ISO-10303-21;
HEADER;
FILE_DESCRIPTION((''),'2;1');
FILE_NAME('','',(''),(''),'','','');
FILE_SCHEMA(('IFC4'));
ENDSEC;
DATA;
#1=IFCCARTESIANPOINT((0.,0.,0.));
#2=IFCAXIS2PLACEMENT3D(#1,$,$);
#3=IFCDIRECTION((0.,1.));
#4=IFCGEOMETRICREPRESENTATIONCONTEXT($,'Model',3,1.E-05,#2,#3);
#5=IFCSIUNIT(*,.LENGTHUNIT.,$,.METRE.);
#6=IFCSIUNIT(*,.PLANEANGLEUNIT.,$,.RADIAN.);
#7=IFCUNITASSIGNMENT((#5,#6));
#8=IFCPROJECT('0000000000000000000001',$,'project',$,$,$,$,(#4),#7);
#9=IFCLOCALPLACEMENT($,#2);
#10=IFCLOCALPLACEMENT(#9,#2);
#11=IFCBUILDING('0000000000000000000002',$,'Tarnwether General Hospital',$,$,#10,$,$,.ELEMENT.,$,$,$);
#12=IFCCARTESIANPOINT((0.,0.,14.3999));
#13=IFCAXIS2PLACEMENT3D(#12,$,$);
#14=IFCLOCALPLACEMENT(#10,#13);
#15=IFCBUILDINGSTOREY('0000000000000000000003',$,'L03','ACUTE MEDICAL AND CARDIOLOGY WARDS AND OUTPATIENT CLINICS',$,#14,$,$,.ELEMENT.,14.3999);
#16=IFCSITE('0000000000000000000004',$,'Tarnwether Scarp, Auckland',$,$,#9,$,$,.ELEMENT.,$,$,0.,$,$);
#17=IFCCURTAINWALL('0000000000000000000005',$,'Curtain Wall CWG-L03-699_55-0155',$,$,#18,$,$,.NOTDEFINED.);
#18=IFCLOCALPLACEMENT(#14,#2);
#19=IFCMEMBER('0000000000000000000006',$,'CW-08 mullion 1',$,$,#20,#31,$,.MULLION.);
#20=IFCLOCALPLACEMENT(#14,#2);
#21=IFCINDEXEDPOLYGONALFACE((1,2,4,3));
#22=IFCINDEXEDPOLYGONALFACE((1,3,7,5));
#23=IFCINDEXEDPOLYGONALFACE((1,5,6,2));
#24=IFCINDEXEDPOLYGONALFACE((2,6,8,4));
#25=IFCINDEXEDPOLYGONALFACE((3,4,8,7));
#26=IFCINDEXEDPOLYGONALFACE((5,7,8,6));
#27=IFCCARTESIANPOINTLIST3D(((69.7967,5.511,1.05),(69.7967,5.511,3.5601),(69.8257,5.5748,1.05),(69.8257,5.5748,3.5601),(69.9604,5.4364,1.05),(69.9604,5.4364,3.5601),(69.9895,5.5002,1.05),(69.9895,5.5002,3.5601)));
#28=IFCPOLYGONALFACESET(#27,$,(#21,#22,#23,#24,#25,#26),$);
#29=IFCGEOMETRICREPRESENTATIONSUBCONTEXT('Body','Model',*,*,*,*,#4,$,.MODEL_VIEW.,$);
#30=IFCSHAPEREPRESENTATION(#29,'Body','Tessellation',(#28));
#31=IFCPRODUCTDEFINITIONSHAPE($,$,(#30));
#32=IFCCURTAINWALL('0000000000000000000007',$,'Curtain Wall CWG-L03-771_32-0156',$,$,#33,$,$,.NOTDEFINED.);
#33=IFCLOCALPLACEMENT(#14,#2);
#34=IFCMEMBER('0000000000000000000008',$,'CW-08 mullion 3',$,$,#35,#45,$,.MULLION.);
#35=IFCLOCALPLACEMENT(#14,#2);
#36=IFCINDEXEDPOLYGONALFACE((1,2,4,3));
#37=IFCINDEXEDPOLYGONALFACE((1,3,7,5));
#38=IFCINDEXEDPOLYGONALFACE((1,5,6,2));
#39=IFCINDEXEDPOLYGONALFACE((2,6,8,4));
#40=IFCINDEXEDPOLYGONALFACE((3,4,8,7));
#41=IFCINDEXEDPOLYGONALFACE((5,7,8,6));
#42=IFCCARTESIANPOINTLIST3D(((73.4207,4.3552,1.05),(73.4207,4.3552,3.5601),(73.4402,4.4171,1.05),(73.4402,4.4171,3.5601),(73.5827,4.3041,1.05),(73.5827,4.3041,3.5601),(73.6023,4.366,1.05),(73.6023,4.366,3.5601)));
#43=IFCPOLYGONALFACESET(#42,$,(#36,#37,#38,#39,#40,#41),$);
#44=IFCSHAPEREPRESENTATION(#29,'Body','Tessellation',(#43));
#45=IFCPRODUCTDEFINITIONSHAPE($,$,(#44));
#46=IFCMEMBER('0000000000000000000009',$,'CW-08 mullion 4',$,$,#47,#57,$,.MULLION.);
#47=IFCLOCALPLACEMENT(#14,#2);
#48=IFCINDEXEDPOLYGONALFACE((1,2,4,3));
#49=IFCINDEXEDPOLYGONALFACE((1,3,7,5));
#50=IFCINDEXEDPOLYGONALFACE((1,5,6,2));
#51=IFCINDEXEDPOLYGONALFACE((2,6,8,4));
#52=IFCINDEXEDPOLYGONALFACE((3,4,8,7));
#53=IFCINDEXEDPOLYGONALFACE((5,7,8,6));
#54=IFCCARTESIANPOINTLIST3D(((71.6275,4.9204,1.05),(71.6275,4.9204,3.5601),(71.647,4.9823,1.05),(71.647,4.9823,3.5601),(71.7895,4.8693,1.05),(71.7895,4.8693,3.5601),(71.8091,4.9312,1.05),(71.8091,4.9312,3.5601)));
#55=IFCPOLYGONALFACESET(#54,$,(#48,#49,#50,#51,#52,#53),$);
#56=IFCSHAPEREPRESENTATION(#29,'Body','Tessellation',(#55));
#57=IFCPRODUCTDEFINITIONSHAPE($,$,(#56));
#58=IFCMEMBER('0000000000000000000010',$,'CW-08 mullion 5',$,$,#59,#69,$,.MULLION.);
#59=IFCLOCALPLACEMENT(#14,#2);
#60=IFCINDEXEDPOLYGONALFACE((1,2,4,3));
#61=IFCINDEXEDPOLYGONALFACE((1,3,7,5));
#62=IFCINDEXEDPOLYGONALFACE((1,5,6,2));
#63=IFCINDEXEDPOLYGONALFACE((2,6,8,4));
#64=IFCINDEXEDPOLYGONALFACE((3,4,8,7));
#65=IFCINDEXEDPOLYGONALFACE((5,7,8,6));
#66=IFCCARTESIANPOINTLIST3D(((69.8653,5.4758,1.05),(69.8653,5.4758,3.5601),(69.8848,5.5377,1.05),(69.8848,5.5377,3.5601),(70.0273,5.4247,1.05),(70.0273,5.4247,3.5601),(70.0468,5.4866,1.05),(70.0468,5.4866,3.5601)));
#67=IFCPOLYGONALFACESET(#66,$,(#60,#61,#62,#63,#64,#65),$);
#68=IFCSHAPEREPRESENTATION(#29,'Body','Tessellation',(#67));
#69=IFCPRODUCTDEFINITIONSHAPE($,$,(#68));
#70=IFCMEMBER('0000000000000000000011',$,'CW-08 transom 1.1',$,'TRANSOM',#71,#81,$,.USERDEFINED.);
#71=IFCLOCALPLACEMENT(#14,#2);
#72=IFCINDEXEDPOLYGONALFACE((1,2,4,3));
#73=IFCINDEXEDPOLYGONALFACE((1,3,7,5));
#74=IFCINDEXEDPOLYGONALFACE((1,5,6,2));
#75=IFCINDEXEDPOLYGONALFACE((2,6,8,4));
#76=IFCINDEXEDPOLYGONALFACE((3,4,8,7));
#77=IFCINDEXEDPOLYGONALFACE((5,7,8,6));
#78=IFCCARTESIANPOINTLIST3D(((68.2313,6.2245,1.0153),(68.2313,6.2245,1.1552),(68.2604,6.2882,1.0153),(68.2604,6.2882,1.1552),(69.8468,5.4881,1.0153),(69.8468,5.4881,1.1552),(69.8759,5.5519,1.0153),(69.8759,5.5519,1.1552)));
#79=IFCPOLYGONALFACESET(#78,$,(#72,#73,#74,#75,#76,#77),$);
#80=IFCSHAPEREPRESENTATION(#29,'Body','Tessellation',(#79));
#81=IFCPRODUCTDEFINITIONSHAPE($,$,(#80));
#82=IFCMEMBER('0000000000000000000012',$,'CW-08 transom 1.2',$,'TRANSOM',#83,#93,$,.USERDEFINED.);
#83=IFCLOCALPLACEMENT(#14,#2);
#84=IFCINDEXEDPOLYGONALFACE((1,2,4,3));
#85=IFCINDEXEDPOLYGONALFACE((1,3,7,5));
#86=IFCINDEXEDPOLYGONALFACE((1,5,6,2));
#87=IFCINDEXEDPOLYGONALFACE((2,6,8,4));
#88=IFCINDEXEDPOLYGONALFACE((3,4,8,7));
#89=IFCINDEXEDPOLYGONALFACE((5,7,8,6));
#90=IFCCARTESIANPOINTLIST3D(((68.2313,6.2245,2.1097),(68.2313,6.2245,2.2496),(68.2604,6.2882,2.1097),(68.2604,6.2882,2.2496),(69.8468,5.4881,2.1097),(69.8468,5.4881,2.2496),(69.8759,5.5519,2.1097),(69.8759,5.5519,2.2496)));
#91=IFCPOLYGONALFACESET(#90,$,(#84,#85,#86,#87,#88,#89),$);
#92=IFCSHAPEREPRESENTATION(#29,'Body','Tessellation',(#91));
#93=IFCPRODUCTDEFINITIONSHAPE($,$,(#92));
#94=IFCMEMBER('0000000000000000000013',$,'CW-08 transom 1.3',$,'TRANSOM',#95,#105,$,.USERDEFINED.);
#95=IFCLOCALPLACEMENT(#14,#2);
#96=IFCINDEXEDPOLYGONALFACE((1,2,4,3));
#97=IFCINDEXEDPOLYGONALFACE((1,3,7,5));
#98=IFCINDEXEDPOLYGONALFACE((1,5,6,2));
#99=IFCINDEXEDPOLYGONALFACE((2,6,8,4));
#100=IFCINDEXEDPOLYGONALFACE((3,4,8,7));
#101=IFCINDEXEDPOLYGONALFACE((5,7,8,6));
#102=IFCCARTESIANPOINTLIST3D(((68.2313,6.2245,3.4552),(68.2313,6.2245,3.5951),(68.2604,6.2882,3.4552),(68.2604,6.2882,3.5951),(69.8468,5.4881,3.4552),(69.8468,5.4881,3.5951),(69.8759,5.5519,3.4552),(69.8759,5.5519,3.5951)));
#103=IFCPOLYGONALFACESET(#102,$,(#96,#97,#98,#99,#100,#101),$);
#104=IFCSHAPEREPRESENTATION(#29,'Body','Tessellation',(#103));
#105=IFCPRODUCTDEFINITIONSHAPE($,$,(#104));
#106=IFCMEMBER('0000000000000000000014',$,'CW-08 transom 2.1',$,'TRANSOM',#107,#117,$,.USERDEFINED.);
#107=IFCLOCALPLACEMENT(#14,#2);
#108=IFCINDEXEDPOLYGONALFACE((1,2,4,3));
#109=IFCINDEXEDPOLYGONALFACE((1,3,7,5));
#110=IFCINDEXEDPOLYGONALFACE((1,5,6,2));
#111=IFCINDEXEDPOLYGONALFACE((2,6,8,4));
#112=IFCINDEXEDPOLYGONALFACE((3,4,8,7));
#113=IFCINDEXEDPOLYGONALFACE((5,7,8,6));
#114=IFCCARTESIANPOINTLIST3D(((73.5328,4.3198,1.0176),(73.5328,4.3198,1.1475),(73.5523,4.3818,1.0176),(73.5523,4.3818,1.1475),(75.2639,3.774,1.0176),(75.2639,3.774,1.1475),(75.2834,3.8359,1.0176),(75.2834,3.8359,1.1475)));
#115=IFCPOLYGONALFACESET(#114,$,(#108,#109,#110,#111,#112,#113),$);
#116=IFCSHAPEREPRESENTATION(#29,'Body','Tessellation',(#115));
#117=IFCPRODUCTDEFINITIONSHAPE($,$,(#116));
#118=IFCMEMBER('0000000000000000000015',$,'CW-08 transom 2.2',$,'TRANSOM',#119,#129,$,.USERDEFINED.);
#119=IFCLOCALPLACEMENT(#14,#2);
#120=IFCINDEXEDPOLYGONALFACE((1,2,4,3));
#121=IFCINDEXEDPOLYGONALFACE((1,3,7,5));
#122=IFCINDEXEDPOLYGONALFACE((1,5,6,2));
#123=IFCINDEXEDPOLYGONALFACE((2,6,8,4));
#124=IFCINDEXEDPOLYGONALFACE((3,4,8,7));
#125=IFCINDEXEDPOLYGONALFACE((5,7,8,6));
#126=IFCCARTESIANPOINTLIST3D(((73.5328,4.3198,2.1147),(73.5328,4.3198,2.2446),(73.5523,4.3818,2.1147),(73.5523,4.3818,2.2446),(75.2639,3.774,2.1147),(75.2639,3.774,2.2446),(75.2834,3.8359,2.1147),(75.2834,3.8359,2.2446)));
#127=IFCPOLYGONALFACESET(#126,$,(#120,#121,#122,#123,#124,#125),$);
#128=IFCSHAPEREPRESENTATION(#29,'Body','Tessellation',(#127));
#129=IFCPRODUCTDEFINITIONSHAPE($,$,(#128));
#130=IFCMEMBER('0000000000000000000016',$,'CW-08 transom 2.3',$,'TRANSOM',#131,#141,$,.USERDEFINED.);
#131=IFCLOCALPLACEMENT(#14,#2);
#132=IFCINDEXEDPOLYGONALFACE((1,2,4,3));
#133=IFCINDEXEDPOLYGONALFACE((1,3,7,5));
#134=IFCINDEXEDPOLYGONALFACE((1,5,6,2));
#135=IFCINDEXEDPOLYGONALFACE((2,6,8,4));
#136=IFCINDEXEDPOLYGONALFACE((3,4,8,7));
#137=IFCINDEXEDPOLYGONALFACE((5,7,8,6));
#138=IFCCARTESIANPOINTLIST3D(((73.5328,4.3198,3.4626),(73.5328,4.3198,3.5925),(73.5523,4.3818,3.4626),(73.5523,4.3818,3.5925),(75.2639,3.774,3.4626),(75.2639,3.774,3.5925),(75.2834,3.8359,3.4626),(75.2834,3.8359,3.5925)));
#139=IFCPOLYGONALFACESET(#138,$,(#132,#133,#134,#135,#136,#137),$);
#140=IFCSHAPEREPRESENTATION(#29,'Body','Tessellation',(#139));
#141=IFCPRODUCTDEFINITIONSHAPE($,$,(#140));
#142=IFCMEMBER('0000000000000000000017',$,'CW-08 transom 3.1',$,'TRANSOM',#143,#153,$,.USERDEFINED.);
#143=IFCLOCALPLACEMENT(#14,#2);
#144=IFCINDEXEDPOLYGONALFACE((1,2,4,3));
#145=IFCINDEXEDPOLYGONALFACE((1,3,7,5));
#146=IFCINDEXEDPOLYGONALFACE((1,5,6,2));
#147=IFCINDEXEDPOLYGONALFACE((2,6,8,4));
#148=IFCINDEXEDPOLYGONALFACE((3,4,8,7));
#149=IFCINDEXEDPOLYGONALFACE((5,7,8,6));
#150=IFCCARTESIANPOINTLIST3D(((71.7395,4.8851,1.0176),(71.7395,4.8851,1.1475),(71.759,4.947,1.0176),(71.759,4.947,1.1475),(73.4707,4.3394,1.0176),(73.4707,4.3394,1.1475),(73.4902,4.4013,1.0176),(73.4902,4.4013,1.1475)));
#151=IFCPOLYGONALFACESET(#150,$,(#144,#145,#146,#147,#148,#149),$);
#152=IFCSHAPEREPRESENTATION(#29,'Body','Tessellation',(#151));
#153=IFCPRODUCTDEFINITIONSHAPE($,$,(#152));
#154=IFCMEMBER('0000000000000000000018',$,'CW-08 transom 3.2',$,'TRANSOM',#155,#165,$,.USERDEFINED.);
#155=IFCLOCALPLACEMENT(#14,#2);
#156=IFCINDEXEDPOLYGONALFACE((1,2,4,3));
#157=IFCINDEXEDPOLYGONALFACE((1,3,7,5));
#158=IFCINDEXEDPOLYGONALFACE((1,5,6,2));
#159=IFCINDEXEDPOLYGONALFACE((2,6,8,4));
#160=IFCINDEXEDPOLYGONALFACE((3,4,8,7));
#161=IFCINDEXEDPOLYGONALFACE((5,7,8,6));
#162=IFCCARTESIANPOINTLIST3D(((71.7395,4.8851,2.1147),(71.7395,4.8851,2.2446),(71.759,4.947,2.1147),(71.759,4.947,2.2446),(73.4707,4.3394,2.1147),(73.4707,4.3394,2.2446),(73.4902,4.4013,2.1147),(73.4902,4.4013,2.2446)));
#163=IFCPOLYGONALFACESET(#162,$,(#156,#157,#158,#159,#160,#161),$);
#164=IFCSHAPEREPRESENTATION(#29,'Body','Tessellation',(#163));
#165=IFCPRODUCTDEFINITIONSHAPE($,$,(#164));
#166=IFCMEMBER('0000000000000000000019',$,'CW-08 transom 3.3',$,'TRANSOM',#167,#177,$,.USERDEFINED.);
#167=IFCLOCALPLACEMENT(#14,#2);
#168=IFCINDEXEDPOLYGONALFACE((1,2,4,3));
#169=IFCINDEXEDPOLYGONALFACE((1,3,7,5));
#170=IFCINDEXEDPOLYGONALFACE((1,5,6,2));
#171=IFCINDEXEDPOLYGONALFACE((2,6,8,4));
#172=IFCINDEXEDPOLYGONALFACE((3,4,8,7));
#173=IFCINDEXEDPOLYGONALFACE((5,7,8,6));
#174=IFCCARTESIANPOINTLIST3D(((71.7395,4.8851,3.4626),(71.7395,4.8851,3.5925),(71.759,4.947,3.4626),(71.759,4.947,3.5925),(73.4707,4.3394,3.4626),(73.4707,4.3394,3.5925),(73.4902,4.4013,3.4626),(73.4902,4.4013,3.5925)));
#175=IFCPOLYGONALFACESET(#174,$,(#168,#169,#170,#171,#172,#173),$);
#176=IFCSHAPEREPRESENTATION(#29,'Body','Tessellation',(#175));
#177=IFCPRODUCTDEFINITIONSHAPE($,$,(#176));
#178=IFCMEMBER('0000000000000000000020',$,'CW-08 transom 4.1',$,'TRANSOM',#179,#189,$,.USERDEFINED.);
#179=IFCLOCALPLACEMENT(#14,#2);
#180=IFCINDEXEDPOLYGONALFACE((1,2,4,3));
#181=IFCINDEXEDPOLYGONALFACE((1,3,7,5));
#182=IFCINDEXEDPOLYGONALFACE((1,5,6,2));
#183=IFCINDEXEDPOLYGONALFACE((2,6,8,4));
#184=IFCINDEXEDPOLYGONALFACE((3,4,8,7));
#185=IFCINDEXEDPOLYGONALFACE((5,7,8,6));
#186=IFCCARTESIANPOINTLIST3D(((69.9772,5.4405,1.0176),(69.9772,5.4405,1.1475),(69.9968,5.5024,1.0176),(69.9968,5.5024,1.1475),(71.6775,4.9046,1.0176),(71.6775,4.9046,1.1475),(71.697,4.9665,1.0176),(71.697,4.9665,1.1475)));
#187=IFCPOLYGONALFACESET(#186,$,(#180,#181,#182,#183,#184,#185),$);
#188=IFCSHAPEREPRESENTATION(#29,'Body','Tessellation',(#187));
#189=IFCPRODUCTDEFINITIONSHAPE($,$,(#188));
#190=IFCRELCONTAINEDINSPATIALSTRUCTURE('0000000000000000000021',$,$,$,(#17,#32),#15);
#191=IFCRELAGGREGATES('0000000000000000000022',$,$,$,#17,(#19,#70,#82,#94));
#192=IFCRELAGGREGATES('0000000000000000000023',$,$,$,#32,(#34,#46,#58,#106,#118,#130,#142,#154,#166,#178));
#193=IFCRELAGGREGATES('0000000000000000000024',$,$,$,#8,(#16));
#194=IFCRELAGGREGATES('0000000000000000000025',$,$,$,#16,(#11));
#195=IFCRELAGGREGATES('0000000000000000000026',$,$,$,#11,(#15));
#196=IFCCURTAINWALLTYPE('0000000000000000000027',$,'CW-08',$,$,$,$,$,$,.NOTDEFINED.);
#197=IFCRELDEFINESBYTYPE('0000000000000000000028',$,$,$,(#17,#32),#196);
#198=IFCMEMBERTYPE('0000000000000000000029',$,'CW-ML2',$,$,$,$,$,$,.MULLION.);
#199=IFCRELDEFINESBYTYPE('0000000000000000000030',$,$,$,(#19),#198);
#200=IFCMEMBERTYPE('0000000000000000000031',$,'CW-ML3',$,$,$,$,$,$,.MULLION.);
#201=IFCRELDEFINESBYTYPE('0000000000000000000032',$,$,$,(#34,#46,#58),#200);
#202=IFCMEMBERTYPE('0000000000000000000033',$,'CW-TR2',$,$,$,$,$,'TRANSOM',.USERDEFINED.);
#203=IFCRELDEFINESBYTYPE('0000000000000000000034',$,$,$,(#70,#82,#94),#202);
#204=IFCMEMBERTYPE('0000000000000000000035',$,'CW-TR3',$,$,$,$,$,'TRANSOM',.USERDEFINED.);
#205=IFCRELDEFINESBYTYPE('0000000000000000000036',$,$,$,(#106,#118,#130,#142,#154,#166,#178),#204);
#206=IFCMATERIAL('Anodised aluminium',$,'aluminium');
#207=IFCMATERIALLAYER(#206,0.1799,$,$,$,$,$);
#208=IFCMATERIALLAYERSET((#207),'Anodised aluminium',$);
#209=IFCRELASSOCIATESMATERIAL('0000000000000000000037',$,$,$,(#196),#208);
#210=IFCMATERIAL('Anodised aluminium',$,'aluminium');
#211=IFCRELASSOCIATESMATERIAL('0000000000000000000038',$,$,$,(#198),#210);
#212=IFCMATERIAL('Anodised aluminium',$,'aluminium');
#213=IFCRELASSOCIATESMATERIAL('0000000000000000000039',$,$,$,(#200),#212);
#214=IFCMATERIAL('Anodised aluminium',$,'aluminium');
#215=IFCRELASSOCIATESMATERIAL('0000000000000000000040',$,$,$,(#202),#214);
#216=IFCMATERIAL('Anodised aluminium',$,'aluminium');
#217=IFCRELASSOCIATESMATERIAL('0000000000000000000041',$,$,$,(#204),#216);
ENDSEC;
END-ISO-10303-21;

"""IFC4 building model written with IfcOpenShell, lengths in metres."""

from ifc_helpers import new_model, si_unit, direction, frame, origin, origin_2d, place, context, subcontext, project, spatial, rectangle, extrude, material, layer, layer_set, material_profile, profile_set, type_object, element, aggregate, save


model = new_model("IFC4")

# Units and contexts
model_context = context("Model", 3, precision=1e-05, world=origin(), true_north=direction((0.0, 1.0)))
body_context = subcontext(model_context, "Body", "Model", "MODEL_VIEW")
ifc_project = project(units=[si_unit("LENGTHUNIT", "METRE"), si_unit("PLANEANGLEUNIT", "RADIAN")], contexts=[model_context])

# Site, building, storey
site_placement = place(None, origin())
site = spatial("IfcSite", under=ifc_project, at=site_placement, Name="Tarnwether Scarp, Auckland", CompositionType="ELEMENT", RefElevation=0.0)
building_placement = place(site_placement, origin())
building = spatial("IfcBuilding", under=site, at=building_placement, Name="Tarnwether General Hospital", CompositionType="ELEMENT")
storey_placement = place(building_placement, frame((0.0, 0.0, 14.3999)))
storey = spatial("IfcBuildingStorey", under=building, at=storey_placement, Name="L03", Description="ACUTE MEDICAL AND CARDIOLOGY WARDS AND OUTPATIENT CLINICS", CompositionType="ELEMENT", Elevation=14.3999)

# Curtain wall, member
ifc_material_1 = material(Name="Anodised aluminium", Category="aluminium")
ifc_layer_1 = layer(ifc_material_1, 0.1799)
ifc_layer_set_1 = layer_set([ifc_layer_1], Name="Anodised aluminium")
curtain_wall_type = type_object("IfcCurtainWallType", Name="CW-08", PredefinedType="NOTDEFINED", material=ifc_layer_set_1)
curtain_wall_1_placement = place(storey_placement, origin())
curtain_wall_1 = element("IfcCurtainWall", 1, at=curtain_wall_1_placement, inside=storey, type_object=curtain_wall_type, Name="Curtain Wall CWG-L03-699_55-0155", PredefinedType="NOTDEFINED")
ifc_material_2 = material(Name="Anodised aluminium", Category="aluminium")
ifc_material_profile_1 = material_profile(ifc_material_2, rectangle(XDim=0.0701, YDim=0.1799, at=origin_2d()), Name="ALU-MUL-70x180")
ifc_profile_set_1 = profile_set([ifc_material_profile_1], Name="Anodised aluminium")
member_type_1 = type_object("IfcMemberType", Name="CW-ML2", PredefinedType="MULLION", material=ifc_profile_set_1)
member_1_placement = place(storey_placement, frame((69.8931, 5.5056, 1.05), z_axis=(0.0, 0.0, 1.0), x_axis=(-0.414694, -0.909961, 0.0)))
member_1 = element("IfcMember", 2, at=member_1_placement, type_object=member_type_1, Name="CW-08 mullion 1", PredefinedType="MULLION", context=body_context, shape_type="SweptSolid", body=[
    extrude(rectangle(XDim=0.0701, YDim=0.1799, at=origin_2d()), origin(), (0.0, 0.0, 1.0), 2.51),
])

# Curtain wall, members
curtain_wall_2_placement = place(storey_placement, origin())
curtain_wall_2 = element("IfcCurtainWall", 3, at=curtain_wall_2_placement, inside=storey, type_object=curtain_wall_type, Name="Curtain Wall CWG-L03-771_32-0156", PredefinedType="NOTDEFINED")
ifc_material_3 = material(Name="Anodised aluminium", Category="aluminium")
ifc_material_profile_2 = material_profile(ifc_material_3, rectangle(XDim=0.0649, YDim=0.1699, at=origin_2d()), Name="ALU-MUL-65x170")
ifc_profile_set_2 = profile_set([ifc_material_profile_2], Name="Anodised aluminium")
member_type_2 = type_object("IfcMemberType", Name="CW-ML3", PredefinedType="MULLION", material=ifc_profile_set_2)
member_2_placement = place(storey_placement, frame((73.5115, 4.3606, 1.05), z_axis=(0.0, 0.0, 1.0), x_axis=(-0.300629, -0.953741, 0.0)))
member_2 = element("IfcMember", 4, at=member_2_placement, type_object=member_type_2, Name="CW-08 mullion 3", PredefinedType="MULLION", context=body_context, shape_type="SweptSolid", body=[
    extrude(rectangle(XDim=0.0649, YDim=0.1699, at=origin_2d()), origin(), (0.0, 0.0, 1.0), 2.51),
])
member_3_placement = place(storey_placement, frame((71.7183, 4.9258, 1.05), z_axis=(0.0, 0.0, 1.0), x_axis=(-0.300629, -0.953741, 0.0)))
member_3 = element("IfcMember", 5, at=member_3_placement, type_object=member_type_2, Name="CW-08 mullion 4", PredefinedType="MULLION", context=body_context, shape_type="SweptSolid", body=[
    extrude(rectangle(XDim=0.0649, YDim=0.1699, at=origin_2d()), origin(), (0.0, 0.0, 1.0), 2.51),
])
member_4_placement = place(storey_placement, frame((69.9561, 5.4812, 1.05), z_axis=(0.0, 0.0, 1.0), x_axis=(-0.300629, -0.953741, 0.0)))
member_4 = element("IfcMember", 6, at=member_4_placement, type_object=member_type_2, Name="CW-08 mullion 5", PredefinedType="MULLION", context=body_context, shape_type="SweptSolid", body=[
    extrude(rectangle(XDim=0.0649, YDim=0.1699, at=origin_2d()), origin(), (0.0, 0.0, 1.0), 2.51),
])

# Members
ifc_material_4 = material(Name="Anodised aluminium", Category="aluminium")
ifc_material_profile_3 = material_profile(ifc_material_4, rectangle(XDim=0.0701, YDim=0.1399, at=origin_2d()), Name="ALU-TRN-70x140")
ifc_profile_set_3 = profile_set([ifc_material_profile_3], Name="Anodised aluminium")
member_type_3 = type_object("IfcMemberType", Name="CW-TR2", ElementType="TRANSOM", PredefinedType="USERDEFINED", material=ifc_profile_set_3)
member_5_placement = place(storey_placement, frame((69.8613, 5.52, 1.0852), z_axis=(-0.909937, 0.414746, 0.0), x_axis=(-0.414746, -0.909937, 0.0)))
member_5 = element("IfcMember", 7, at=member_5_placement, type_object=member_type_3, Name="CW-08 transom 1.1", ObjectType="TRANSOM", PredefinedType="USERDEFINED", context=body_context, shape_type="SweptSolid", body=[
    extrude(rectangle(XDim=0.0701, YDim=0.1399, at=origin_2d()), origin(), (0.0, 0.0, 1.0), 1.7754),
])
member_6_placement = place(storey_placement, frame((69.8613, 5.52, 2.1797), z_axis=(-0.909937, 0.414746, 0.0), x_axis=(-0.414746, -0.909937, 0.0)))
member_6 = element("IfcMember", 8, at=member_6_placement, type_object=member_type_3, Name="CW-08 transom 1.2", ObjectType="TRANSOM", PredefinedType="USERDEFINED", context=body_context, shape_type="SweptSolid", body=[
    extrude(rectangle(XDim=0.0701, YDim=0.1399, at=origin_2d()), origin(), (0.0, 0.0, 1.0), 1.7754),
])
member_7_placement = place(storey_placement, frame((69.8613, 5.52, 3.5251), z_axis=(-0.909937, 0.414746, 0.0), x_axis=(-0.414746, -0.909937, 0.0)))
member_7 = element("IfcMember", 9, at=member_7_placement, type_object=member_type_3, Name="CW-08 transom 1.3", ObjectType="TRANSOM", PredefinedType="USERDEFINED", context=body_context, shape_type="SweptSolid", body=[
    extrude(rectangle(XDim=0.0701, YDim=0.1399, at=origin_2d()), origin(), (0.0, 0.0, 1.0), 1.7754),
])
ifc_material_5 = material(Name="Anodised aluminium", Category="aluminium")
ifc_material_profile_4 = material_profile(ifc_material_5, rectangle(XDim=0.0649, YDim=0.1299, at=origin_2d()), Name="ALU-TRN-65x130")
ifc_profile_set_4 = profile_set([ifc_material_profile_4], Name="Anodised aluminium")
member_type_4 = type_object("IfcMemberType", Name="CW-TR3", ElementType="TRANSOM", PredefinedType="USERDEFINED", material=ifc_profile_set_4)
member_8_placement = place(storey_placement, frame((75.2737, 3.8049, 1.0825), z_axis=(-0.953709, 0.300732, 0.0), x_axis=(-0.300732, -0.953709, 0.0)))
member_8 = element("IfcMember", 10, at=member_8_placement, type_object=member_type_4, Name="CW-08 transom 2.1", ObjectType="TRANSOM", PredefinedType="USERDEFINED", context=body_context, shape_type="SweptSolid", body=[
    extrude(rectangle(XDim=0.0649, YDim=0.1299, at=origin_2d()), origin(), (0.0, 0.0, 1.0), 1.8152),
])
member_9_placement = place(storey_placement, frame((75.2737, 3.8049, 2.1797), z_axis=(-0.953709, 0.300732, 0.0), x_axis=(-0.300732, -0.953709, 0.0)))
member_9 = element("IfcMember", 11, at=member_9_placement, type_object=member_type_4, Name="CW-08 transom 2.2", ObjectType="TRANSOM", PredefinedType="USERDEFINED", context=body_context, shape_type="SweptSolid", body=[
    extrude(rectangle(XDim=0.0649, YDim=0.1299, at=origin_2d()), origin(), (0.0, 0.0, 1.0), 1.8152),
])
member_10_placement = place(storey_placement, frame((75.2737, 3.8049, 3.5276), z_axis=(-0.953709, 0.300732, 0.0), x_axis=(-0.300732, -0.953709, 0.0)))
member_10 = element("IfcMember", 12, at=member_10_placement, type_object=member_type_4, Name="CW-08 transom 2.3", ObjectType="TRANSOM", PredefinedType="USERDEFINED", context=body_context, shape_type="SweptSolid", body=[
    extrude(rectangle(XDim=0.0649, YDim=0.1299, at=origin_2d()), origin(), (0.0, 0.0, 1.0), 1.8152),
])
member_11_placement = place(storey_placement, frame((73.4805, 4.3704, 1.0825), z_axis=(-0.953747, 0.30061, 0.0), x_axis=(-0.30061, -0.953747, 0.0)))
member_11 = element("IfcMember", 13, at=member_11_placement, type_object=member_type_4, Name="CW-08 transom 3.1", ObjectType="TRANSOM", PredefinedType="USERDEFINED", context=body_context, shape_type="SweptSolid", body=[
    extrude(rectangle(XDim=0.0649, YDim=0.1299, at=origin_2d()), origin(), (0.0, 0.0, 1.0), 1.8152),
])
member_12_placement = place(storey_placement, frame((73.4805, 4.3704, 2.1797), z_axis=(-0.953747, 0.30061, 0.0), x_axis=(-0.30061, -0.953747, 0.0)))
member_12 = element("IfcMember", 14, at=member_12_placement, type_object=member_type_4, Name="CW-08 transom 3.2", ObjectType="TRANSOM", PredefinedType="USERDEFINED", context=body_context, shape_type="SweptSolid", body=[
    extrude(rectangle(XDim=0.0649, YDim=0.1299, at=origin_2d()), origin(), (0.0, 0.0, 1.0), 1.8152),
])
member_13_placement = place(storey_placement, frame((73.4805, 4.3704, 3.5276), z_axis=(-0.953747, 0.30061, 0.0), x_axis=(-0.30061, -0.953747, 0.0)))
member_13 = element("IfcMember", 15, at=member_13_placement, type_object=member_type_4, Name="CW-08 transom 3.3", ObjectType="TRANSOM", PredefinedType="USERDEFINED", context=body_context, shape_type="SweptSolid", body=[
    extrude(rectangle(XDim=0.0649, YDim=0.1299, at=origin_2d()), origin(), (0.0, 0.0, 1.0), 1.8152),
])
member_14_placement = place(storey_placement, frame((71.6873, 4.9355, 1.0825), z_axis=(-0.953746, 0.300614, 0.0), x_axis=(-0.300614, -0.953746, 0.0)))
member_14 = element("IfcMember", 16, at=member_14_placement, type_object=member_type_4, Name="CW-08 transom 4.1", ObjectType="TRANSOM", PredefinedType="USERDEFINED", context=body_context, shape_type="SweptSolid", body=[
    extrude(rectangle(XDim=0.0649, YDim=0.1299, at=origin_2d()), origin(), (0.0, 0.0, 1.0), 1.7827),
])

aggregate(curtain_wall_1, [member_1, member_5, member_6, member_7])
aggregate(curtain_wall_2, [member_2, member_3, member_4, member_8, member_9, member_10, member_11, member_12, member_13, member_14])

save(model, "model.ifc")
